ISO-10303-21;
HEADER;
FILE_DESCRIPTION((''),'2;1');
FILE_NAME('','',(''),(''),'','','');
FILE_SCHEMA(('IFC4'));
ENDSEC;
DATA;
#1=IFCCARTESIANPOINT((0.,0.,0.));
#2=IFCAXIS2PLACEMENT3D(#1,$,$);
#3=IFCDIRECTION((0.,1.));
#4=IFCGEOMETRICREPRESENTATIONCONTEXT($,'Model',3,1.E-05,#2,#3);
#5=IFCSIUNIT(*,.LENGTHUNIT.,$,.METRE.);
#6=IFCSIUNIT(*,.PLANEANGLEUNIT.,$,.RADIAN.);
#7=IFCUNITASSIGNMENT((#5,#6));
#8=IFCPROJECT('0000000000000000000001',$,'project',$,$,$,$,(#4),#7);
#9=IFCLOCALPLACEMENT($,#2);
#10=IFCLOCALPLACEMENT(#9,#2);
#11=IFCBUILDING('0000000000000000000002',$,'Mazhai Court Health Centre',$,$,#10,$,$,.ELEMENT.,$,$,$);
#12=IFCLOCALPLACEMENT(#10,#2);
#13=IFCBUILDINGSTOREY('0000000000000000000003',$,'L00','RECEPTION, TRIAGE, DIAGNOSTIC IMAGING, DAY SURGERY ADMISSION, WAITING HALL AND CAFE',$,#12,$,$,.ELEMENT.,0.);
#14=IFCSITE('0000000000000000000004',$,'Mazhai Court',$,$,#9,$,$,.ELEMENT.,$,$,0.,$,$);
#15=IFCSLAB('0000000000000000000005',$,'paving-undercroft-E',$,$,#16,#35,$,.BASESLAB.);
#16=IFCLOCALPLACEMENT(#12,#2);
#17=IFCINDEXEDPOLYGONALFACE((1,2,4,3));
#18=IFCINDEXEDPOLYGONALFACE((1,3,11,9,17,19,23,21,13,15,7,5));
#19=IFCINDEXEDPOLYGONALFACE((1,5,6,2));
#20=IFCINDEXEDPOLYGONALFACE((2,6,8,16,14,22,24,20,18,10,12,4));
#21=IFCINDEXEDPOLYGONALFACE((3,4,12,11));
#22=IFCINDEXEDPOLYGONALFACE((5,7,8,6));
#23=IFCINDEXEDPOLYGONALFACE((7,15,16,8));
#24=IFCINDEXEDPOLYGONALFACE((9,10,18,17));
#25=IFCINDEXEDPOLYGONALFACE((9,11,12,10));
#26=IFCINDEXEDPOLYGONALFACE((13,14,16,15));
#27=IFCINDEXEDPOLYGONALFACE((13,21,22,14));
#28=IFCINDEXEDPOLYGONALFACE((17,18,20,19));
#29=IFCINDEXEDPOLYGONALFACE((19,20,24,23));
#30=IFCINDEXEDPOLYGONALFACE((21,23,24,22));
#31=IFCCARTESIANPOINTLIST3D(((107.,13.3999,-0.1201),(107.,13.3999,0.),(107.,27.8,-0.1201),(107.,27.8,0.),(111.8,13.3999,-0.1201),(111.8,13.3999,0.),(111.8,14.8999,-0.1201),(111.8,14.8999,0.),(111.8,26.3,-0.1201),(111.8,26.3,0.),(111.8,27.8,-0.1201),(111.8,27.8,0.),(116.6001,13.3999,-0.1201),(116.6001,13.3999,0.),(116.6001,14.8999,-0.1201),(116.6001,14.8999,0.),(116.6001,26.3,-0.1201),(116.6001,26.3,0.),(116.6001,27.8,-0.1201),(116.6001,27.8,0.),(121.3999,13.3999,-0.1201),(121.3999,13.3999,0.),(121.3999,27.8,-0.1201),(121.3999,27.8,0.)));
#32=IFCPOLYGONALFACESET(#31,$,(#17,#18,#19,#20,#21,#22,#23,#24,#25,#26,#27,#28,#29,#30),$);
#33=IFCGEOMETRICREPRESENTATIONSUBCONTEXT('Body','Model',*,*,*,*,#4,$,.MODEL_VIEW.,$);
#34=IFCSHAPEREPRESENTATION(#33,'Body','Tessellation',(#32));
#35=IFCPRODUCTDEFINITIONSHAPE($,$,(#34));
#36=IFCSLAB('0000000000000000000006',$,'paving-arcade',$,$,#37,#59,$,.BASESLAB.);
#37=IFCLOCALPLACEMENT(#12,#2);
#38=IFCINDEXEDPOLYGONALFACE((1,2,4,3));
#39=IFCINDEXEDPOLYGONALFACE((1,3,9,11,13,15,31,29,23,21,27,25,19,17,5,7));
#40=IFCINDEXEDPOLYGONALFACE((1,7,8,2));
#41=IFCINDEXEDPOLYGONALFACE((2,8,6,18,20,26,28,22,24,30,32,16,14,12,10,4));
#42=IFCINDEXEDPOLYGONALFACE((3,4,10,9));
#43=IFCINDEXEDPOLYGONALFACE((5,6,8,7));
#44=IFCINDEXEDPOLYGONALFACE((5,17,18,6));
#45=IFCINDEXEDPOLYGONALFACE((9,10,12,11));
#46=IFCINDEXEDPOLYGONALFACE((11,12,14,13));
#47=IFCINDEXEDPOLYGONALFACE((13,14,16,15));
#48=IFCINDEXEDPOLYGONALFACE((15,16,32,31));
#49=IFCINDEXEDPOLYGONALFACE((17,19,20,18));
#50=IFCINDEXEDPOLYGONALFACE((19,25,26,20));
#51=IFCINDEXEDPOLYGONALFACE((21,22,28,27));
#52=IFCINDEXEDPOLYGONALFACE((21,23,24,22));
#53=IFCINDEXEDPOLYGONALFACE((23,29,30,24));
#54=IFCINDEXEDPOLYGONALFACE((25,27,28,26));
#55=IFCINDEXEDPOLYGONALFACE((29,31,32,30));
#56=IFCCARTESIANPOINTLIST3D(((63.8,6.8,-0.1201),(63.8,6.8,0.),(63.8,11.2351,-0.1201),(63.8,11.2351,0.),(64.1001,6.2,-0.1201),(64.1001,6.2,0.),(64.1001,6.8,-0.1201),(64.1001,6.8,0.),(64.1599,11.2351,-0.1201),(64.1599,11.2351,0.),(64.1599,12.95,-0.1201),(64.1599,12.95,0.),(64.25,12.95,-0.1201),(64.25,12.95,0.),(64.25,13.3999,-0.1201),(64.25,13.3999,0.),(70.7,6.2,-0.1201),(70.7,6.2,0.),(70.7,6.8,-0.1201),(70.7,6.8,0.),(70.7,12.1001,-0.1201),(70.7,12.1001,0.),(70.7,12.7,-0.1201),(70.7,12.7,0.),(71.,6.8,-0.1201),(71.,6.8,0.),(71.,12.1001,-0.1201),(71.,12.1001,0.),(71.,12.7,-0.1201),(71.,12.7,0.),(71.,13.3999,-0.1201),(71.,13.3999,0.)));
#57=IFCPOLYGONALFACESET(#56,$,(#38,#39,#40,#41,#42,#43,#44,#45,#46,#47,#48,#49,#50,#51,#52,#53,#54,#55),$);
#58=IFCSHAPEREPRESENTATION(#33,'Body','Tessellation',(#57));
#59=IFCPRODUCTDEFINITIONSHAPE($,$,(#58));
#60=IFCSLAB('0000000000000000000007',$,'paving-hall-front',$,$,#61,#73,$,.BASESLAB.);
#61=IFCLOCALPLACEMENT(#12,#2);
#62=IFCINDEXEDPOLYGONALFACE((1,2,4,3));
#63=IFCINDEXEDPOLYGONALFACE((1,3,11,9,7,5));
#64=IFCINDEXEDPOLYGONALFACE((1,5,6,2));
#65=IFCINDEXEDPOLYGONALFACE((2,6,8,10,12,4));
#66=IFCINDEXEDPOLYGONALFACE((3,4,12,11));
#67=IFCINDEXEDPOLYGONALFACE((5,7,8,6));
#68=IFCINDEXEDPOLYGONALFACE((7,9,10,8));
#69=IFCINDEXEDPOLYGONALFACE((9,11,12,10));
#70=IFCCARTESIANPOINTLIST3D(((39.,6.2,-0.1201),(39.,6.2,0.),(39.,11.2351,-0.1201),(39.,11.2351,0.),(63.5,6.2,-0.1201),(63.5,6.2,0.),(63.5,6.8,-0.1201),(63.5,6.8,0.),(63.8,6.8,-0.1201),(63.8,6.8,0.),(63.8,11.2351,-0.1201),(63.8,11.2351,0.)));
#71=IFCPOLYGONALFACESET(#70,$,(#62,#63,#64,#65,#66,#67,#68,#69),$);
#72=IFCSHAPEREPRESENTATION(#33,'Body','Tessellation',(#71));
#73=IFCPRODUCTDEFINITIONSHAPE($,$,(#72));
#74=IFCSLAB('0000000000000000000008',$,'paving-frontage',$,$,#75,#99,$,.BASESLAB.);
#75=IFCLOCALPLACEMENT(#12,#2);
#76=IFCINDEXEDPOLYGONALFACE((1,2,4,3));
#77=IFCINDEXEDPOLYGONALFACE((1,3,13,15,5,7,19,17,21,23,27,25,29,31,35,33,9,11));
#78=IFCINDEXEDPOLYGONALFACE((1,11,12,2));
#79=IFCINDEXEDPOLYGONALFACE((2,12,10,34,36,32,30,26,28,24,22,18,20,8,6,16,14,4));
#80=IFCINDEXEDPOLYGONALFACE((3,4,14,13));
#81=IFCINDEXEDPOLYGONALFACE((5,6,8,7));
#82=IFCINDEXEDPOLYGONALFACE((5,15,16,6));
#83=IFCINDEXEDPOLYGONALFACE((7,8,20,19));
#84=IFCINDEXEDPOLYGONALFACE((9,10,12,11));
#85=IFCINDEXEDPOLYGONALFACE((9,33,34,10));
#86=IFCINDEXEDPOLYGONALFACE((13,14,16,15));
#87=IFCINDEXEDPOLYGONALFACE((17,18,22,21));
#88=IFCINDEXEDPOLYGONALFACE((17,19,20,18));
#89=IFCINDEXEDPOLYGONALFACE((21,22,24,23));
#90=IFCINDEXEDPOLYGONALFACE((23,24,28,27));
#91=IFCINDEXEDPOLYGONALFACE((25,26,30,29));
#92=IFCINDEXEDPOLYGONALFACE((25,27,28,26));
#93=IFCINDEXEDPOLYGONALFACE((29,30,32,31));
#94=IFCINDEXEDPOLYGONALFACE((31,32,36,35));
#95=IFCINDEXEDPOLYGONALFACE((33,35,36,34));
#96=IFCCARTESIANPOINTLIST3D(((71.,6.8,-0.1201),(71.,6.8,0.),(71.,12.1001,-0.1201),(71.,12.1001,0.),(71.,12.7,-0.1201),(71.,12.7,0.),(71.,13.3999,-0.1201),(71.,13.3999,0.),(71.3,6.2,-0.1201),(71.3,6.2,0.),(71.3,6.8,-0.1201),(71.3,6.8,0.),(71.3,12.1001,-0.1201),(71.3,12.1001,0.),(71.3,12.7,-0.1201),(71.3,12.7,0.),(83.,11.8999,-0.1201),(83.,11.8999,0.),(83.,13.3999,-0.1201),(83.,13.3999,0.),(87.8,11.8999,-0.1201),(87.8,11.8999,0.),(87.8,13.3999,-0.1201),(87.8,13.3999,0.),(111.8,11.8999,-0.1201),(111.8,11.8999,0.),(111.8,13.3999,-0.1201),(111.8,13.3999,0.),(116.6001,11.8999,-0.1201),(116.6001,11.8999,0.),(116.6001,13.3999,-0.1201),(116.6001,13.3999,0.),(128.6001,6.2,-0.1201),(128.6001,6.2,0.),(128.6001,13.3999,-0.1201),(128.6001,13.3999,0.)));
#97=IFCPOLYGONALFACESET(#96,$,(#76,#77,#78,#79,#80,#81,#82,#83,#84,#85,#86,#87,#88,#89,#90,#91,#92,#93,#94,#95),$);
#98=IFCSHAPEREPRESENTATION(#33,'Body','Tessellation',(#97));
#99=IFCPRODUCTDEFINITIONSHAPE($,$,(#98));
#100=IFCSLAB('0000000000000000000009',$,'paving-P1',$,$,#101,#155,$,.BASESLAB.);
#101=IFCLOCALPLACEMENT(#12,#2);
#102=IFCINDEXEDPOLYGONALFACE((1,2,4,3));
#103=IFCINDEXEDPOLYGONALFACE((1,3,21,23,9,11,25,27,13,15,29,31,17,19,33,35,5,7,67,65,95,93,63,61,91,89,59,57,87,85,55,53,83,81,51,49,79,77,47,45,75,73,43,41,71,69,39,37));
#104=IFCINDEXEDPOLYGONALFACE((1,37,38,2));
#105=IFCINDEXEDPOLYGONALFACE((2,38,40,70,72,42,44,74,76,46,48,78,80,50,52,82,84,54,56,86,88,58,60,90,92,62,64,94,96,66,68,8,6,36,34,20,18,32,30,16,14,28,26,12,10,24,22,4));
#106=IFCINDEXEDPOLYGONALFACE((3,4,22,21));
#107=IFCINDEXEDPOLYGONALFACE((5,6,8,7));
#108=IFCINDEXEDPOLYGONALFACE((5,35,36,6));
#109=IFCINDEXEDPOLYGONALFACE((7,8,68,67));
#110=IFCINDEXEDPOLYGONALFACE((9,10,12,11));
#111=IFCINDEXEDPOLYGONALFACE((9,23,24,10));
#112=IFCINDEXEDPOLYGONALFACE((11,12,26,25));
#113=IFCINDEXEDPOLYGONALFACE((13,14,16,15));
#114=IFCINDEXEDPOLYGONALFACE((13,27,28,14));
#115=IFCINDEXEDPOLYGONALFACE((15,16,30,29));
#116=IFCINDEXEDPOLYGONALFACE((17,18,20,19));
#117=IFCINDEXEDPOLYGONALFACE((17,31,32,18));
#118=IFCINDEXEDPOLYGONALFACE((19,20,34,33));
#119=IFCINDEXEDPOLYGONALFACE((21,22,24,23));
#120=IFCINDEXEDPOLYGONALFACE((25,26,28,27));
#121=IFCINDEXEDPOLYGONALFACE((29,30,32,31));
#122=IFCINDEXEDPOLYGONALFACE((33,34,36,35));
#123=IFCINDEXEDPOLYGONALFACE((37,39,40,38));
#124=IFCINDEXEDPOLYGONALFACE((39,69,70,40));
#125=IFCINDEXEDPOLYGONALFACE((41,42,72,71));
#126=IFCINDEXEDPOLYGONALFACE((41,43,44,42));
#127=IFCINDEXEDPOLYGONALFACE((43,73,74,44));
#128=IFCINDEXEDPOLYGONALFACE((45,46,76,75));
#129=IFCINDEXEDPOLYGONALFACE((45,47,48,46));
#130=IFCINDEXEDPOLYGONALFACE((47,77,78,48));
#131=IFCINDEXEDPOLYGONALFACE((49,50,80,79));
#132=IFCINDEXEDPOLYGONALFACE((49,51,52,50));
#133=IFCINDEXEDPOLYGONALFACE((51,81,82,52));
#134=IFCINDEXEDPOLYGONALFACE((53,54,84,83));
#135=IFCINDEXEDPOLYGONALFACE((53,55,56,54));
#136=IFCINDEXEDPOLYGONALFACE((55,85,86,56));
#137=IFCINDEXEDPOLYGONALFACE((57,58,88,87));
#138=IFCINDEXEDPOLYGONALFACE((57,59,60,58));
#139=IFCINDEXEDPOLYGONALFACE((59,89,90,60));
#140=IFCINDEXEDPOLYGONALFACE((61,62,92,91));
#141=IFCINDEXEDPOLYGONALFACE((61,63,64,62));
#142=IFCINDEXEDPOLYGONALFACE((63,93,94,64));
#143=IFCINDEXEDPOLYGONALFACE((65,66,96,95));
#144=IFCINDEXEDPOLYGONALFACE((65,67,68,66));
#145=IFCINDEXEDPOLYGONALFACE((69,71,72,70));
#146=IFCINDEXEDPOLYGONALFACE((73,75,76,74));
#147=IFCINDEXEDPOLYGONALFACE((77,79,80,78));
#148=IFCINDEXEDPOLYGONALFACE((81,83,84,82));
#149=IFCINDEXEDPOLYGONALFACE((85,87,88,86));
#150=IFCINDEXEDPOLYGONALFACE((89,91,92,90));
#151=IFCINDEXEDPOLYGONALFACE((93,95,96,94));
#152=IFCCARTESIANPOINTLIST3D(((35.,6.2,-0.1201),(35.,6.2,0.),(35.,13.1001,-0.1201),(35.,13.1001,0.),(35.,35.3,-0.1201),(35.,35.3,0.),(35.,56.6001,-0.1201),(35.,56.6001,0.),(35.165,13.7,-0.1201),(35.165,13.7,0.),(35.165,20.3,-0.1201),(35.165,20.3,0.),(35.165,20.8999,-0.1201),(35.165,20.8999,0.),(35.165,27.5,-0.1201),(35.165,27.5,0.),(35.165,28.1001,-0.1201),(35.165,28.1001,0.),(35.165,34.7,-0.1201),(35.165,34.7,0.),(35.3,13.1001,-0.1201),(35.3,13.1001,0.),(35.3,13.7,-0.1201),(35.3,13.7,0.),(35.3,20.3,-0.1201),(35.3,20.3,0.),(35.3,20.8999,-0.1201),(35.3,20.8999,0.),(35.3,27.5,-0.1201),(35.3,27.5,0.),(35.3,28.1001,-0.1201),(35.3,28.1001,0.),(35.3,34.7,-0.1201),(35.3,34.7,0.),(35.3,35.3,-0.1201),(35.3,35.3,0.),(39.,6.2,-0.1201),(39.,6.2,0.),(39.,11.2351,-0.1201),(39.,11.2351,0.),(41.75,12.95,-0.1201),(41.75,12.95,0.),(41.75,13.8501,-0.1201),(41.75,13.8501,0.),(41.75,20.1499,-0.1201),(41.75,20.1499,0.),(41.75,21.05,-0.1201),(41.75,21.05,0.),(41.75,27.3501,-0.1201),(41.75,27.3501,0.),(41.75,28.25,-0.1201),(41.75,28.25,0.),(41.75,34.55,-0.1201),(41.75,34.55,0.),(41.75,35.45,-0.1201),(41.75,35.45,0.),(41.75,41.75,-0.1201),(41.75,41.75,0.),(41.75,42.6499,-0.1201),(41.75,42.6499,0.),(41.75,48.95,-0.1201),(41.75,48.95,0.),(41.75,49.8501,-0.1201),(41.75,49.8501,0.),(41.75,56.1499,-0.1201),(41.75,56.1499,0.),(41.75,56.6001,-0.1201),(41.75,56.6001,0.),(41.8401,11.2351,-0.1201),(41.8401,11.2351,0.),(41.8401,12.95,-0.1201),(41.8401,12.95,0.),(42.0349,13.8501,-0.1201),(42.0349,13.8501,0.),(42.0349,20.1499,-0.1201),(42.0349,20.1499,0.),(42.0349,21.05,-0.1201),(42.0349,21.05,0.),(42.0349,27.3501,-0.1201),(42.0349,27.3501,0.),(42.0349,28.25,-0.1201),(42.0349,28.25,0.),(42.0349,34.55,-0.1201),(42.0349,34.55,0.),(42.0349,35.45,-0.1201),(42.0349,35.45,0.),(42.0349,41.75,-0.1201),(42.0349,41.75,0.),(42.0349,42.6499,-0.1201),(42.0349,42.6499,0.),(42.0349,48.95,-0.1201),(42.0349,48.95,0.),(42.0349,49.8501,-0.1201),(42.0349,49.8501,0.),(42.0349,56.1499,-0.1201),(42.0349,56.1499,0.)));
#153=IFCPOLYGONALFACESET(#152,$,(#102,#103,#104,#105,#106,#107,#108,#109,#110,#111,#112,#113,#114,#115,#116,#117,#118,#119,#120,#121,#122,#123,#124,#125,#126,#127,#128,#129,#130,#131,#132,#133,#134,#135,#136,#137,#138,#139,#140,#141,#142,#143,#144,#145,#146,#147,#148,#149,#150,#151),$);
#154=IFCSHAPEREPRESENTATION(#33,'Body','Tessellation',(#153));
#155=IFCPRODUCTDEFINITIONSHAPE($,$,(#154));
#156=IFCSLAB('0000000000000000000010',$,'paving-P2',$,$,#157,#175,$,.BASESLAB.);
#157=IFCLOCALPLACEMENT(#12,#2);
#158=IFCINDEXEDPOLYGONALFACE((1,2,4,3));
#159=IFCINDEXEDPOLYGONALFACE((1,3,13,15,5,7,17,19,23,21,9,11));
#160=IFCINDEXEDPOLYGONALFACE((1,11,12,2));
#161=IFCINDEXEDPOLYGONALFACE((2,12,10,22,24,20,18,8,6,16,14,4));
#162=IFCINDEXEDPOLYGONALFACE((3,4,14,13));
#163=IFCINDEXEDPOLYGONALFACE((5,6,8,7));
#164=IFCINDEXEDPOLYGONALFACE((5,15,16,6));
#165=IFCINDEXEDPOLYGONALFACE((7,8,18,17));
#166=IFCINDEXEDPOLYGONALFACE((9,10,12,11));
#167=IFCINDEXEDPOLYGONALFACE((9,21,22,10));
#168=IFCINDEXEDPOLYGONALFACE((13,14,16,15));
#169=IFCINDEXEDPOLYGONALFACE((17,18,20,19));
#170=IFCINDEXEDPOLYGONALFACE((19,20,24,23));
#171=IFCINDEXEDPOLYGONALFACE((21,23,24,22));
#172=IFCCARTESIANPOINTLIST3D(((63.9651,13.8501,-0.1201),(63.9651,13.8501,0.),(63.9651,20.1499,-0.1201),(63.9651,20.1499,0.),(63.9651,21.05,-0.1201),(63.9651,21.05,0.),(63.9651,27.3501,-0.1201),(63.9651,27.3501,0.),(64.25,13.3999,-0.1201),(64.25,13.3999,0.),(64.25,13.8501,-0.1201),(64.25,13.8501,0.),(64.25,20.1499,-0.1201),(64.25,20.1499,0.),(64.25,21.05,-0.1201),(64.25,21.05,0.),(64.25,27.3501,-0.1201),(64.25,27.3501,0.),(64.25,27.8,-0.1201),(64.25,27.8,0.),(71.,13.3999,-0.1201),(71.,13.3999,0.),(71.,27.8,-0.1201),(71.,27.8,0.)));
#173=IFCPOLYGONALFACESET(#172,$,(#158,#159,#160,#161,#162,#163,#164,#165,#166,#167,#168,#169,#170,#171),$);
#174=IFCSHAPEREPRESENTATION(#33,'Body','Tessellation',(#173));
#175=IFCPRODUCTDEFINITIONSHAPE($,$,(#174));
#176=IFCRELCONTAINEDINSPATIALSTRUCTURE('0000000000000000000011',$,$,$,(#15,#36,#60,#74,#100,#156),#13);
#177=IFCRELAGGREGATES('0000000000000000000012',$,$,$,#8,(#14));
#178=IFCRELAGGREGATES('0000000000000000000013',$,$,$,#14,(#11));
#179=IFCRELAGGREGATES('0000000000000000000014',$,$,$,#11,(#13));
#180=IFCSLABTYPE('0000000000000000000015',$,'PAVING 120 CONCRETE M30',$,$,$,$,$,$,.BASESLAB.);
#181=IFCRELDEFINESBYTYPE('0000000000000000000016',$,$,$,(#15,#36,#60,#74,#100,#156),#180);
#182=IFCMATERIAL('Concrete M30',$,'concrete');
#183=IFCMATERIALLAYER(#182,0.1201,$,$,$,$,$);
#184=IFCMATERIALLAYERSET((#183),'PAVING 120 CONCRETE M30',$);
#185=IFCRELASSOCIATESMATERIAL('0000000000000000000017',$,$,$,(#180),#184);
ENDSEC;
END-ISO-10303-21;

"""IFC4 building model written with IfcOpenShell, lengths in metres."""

from ifc_helpers import new_model, si_unit, direction, frame, origin, place, context, subcontext, project, spatial, polyline, outline, extrude, material, layer, layer_set, type_object, element, save


model = new_model("IFC4")

# Units and contexts
model_context = context("Model", 3, precision=1e-05, world=origin(), true_north=direction((0.0, 1.0)))
body_context = subcontext(model_context, "Body", "Model", "MODEL_VIEW")
ifc_project = project(units=[si_unit("LENGTHUNIT", "METRE"), si_unit("PLANEANGLEUNIT", "RADIAN")], contexts=[model_context])

# Site, building, storey
site_placement = place(None, origin())
site = spatial("IfcSite", under=ifc_project, at=site_placement, Name="Mazhai Court", CompositionType="ELEMENT", RefElevation=0.0)
building_placement = place(site_placement, origin())
building = spatial("IfcBuilding", under=site, at=building_placement, Name="Mazhai Court Health Centre", CompositionType="ELEMENT")
storey_placement = place(building_placement, origin())
storey = spatial("IfcBuildingStorey", under=building, at=storey_placement, Name="L00", Description="RECEPTION, TRIAGE, DIAGNOSTIC IMAGING, DAY SURGERY ADMISSION, WAITING HALL AND CAFE", CompositionType="ELEMENT", Elevation=0.0)

# Slabs
ifc_material_1 = material(Name="Concrete M30", Category="concrete")
ifc_layer_1 = layer(ifc_material_1, 0.1201)
ifc_layer_set_1 = layer_set([ifc_layer_1], Name="PAVING 120 CONCRETE M30")
slab_type = type_object("IfcSlabType", Name="PAVING 120 CONCRETE M30", PredefinedType="BASESLAB", material=ifc_layer_set_1)
slab_1_placement = place(storey_placement, frame((0.0, 0.0, -0.1201)))
element("IfcSlab", 1, at=slab_1_placement, inside=storey, type_object=slab_type, Name="paving-undercroft-E", PredefinedType="BASESLAB", context=body_context, shape_type="SweptSolid", body=[
    extrude(outline(polyline([(121.3999, 13.3999), (116.6001, 13.3999), (116.6001, 14.8999), (111.8, 14.8999), (111.8, 13.3999), (107.0, 13.3999), (107.0, 27.8), (111.8, 27.8), (111.8, 26.3), (116.6001, 26.3), (116.6001, 27.8), (121.3999, 27.8), (121.3999, 13.3999)])), origin(), (0.0, 0.0, 1.0), 0.1201),
])
slab_2_placement = place(storey_placement, frame((0.0, 0.0, -0.1201)))
element("IfcSlab", 2, at=slab_2_placement, inside=storey, type_object=slab_type, Name="paving-arcade", PredefinedType="BASESLAB", context=body_context, shape_type="SweptSolid", body=[
    extrude(outline(polyline([(70.7, 6.2), (64.1001, 6.2), (64.1001, 6.8), (63.8, 6.8), (63.8, 11.2351), (64.1599, 11.2351), (64.1599, 12.95), (64.25, 12.95), (64.25, 13.3999), (71.0, 13.3999), (71.0, 12.7), (70.7, 12.7), (70.7, 12.1001), (71.0, 12.1001), (71.0, 6.8), (70.7, 6.8), (70.7, 6.2)])), origin(), (0.0, 0.0, 1.0), 0.1201),
])
slab_3_placement = place(storey_placement, frame((0.0, 0.0, -0.1201)))
element("IfcSlab", 3, at=slab_3_placement, inside=storey, type_object=slab_type, Name="paving-hall-front", PredefinedType="BASESLAB", context=body_context, shape_type="SweptSolid", body=[
    extrude(outline(polyline([(39.0, 11.2351), (63.8, 11.2351), (63.8, 6.8), (63.5, 6.8), (63.5, 6.2), (39.0, 6.2), (39.0, 11.2351)])), origin(), (0.0, 0.0, 1.0), 0.1201),
])
slab_4_placement = place(storey_placement, frame((0.0, 0.0, -0.1201)))
element("IfcSlab", 4, at=slab_4_placement, inside=storey, type_object=slab_type, Name="paving-frontage", PredefinedType="BASESLAB", context=body_context, shape_type="SweptSolid", body=[
    extrude(outline(polyline([(128.6001, 6.2), (71.3, 6.2), (71.3, 6.8), (71.0, 6.8), (71.0, 12.1001), (71.3, 12.1001), (71.3, 12.7), (71.0, 12.7), (71.0, 13.3999), (83.0, 13.3999), (83.0, 11.8999), (87.8, 11.8999), (87.8, 13.3999), (111.8, 13.3999), (111.8, 11.8999), (116.6001, 11.8999), (116.6001, 13.3999), (128.6001, 13.3999), (128.6001, 6.2)])), origin(), (0.0, 0.0, 1.0), 0.1201),
])
slab_5_placement = place(storey_placement, frame((0.0, 0.0, -0.1201)))
element("IfcSlab", 5, at=slab_5_placement, inside=storey, type_object=slab_type, Name="paving-P1", PredefinedType="BASESLAB", context=body_context, shape_type="SweptSolid", body=[
    extrude(outline(polyline([(35.0, 13.1001), (35.3, 13.1001), (35.3, 13.7), (35.165, 13.7), (35.165, 20.3), (35.3, 20.3), (35.3, 20.8999), (35.165, 20.8999), (35.165, 27.5), (35.3, 27.5), (35.3, 28.1001), (35.165, 28.1001), (35.165, 34.7), (35.3, 34.7), (35.3, 35.3), (35.0, 35.3), (35.0, 56.6001), (41.75, 56.6001), (41.75, 56.1499), (42.0349, 56.1499), (42.0349, 49.8501), (41.75, 49.8501), (41.75, 48.95), (42.0349, 48.95), (42.0349, 42.6499), (41.75, 42.6499), (41.75, 41.75), (42.0349, 41.75), (42.0349, 35.45), (41.75, 35.45), (41.75, 34.55), (42.0349, 34.55), (42.0349, 28.25), (41.75, 28.25), (41.75, 27.3501), (42.0349, 27.3501), (42.0349, 21.05), (41.75, 21.05), (41.75, 20.1499), (42.0349, 20.1499), (42.0349, 13.8501), (41.75, 13.8501), (41.75, 12.95), (41.8401, 12.95), (41.8401, 11.2351), (39.0, 11.2351), (39.0, 6.2), (35.0, 6.2), (35.0, 13.1001)])), origin(), (0.0, 0.0, 1.0), 0.1201),
])
slab_6_placement = place(storey_placement, frame((0.0, 0.0, -0.1201)))
element("IfcSlab", 6, at=slab_6_placement, inside=storey, type_object=slab_type, Name="paving-P2", PredefinedType="BASESLAB", context=body_context, shape_type="SweptSolid", body=[
    extrude(outline(polyline([(71.0, 13.3999), (64.25, 13.3999), (64.25, 13.8501), (63.9651, 13.8501), (63.9651, 20.1499), (64.25, 20.1499), (64.25, 21.05), (63.9651, 21.05), (63.9651, 27.3501), (64.25, 27.3501), (64.25, 27.8), (71.0, 27.8), (71.0, 13.3999)])), origin(), (0.0, 0.0, 1.0), 0.1201),
])

save(model, "model.ifc")
